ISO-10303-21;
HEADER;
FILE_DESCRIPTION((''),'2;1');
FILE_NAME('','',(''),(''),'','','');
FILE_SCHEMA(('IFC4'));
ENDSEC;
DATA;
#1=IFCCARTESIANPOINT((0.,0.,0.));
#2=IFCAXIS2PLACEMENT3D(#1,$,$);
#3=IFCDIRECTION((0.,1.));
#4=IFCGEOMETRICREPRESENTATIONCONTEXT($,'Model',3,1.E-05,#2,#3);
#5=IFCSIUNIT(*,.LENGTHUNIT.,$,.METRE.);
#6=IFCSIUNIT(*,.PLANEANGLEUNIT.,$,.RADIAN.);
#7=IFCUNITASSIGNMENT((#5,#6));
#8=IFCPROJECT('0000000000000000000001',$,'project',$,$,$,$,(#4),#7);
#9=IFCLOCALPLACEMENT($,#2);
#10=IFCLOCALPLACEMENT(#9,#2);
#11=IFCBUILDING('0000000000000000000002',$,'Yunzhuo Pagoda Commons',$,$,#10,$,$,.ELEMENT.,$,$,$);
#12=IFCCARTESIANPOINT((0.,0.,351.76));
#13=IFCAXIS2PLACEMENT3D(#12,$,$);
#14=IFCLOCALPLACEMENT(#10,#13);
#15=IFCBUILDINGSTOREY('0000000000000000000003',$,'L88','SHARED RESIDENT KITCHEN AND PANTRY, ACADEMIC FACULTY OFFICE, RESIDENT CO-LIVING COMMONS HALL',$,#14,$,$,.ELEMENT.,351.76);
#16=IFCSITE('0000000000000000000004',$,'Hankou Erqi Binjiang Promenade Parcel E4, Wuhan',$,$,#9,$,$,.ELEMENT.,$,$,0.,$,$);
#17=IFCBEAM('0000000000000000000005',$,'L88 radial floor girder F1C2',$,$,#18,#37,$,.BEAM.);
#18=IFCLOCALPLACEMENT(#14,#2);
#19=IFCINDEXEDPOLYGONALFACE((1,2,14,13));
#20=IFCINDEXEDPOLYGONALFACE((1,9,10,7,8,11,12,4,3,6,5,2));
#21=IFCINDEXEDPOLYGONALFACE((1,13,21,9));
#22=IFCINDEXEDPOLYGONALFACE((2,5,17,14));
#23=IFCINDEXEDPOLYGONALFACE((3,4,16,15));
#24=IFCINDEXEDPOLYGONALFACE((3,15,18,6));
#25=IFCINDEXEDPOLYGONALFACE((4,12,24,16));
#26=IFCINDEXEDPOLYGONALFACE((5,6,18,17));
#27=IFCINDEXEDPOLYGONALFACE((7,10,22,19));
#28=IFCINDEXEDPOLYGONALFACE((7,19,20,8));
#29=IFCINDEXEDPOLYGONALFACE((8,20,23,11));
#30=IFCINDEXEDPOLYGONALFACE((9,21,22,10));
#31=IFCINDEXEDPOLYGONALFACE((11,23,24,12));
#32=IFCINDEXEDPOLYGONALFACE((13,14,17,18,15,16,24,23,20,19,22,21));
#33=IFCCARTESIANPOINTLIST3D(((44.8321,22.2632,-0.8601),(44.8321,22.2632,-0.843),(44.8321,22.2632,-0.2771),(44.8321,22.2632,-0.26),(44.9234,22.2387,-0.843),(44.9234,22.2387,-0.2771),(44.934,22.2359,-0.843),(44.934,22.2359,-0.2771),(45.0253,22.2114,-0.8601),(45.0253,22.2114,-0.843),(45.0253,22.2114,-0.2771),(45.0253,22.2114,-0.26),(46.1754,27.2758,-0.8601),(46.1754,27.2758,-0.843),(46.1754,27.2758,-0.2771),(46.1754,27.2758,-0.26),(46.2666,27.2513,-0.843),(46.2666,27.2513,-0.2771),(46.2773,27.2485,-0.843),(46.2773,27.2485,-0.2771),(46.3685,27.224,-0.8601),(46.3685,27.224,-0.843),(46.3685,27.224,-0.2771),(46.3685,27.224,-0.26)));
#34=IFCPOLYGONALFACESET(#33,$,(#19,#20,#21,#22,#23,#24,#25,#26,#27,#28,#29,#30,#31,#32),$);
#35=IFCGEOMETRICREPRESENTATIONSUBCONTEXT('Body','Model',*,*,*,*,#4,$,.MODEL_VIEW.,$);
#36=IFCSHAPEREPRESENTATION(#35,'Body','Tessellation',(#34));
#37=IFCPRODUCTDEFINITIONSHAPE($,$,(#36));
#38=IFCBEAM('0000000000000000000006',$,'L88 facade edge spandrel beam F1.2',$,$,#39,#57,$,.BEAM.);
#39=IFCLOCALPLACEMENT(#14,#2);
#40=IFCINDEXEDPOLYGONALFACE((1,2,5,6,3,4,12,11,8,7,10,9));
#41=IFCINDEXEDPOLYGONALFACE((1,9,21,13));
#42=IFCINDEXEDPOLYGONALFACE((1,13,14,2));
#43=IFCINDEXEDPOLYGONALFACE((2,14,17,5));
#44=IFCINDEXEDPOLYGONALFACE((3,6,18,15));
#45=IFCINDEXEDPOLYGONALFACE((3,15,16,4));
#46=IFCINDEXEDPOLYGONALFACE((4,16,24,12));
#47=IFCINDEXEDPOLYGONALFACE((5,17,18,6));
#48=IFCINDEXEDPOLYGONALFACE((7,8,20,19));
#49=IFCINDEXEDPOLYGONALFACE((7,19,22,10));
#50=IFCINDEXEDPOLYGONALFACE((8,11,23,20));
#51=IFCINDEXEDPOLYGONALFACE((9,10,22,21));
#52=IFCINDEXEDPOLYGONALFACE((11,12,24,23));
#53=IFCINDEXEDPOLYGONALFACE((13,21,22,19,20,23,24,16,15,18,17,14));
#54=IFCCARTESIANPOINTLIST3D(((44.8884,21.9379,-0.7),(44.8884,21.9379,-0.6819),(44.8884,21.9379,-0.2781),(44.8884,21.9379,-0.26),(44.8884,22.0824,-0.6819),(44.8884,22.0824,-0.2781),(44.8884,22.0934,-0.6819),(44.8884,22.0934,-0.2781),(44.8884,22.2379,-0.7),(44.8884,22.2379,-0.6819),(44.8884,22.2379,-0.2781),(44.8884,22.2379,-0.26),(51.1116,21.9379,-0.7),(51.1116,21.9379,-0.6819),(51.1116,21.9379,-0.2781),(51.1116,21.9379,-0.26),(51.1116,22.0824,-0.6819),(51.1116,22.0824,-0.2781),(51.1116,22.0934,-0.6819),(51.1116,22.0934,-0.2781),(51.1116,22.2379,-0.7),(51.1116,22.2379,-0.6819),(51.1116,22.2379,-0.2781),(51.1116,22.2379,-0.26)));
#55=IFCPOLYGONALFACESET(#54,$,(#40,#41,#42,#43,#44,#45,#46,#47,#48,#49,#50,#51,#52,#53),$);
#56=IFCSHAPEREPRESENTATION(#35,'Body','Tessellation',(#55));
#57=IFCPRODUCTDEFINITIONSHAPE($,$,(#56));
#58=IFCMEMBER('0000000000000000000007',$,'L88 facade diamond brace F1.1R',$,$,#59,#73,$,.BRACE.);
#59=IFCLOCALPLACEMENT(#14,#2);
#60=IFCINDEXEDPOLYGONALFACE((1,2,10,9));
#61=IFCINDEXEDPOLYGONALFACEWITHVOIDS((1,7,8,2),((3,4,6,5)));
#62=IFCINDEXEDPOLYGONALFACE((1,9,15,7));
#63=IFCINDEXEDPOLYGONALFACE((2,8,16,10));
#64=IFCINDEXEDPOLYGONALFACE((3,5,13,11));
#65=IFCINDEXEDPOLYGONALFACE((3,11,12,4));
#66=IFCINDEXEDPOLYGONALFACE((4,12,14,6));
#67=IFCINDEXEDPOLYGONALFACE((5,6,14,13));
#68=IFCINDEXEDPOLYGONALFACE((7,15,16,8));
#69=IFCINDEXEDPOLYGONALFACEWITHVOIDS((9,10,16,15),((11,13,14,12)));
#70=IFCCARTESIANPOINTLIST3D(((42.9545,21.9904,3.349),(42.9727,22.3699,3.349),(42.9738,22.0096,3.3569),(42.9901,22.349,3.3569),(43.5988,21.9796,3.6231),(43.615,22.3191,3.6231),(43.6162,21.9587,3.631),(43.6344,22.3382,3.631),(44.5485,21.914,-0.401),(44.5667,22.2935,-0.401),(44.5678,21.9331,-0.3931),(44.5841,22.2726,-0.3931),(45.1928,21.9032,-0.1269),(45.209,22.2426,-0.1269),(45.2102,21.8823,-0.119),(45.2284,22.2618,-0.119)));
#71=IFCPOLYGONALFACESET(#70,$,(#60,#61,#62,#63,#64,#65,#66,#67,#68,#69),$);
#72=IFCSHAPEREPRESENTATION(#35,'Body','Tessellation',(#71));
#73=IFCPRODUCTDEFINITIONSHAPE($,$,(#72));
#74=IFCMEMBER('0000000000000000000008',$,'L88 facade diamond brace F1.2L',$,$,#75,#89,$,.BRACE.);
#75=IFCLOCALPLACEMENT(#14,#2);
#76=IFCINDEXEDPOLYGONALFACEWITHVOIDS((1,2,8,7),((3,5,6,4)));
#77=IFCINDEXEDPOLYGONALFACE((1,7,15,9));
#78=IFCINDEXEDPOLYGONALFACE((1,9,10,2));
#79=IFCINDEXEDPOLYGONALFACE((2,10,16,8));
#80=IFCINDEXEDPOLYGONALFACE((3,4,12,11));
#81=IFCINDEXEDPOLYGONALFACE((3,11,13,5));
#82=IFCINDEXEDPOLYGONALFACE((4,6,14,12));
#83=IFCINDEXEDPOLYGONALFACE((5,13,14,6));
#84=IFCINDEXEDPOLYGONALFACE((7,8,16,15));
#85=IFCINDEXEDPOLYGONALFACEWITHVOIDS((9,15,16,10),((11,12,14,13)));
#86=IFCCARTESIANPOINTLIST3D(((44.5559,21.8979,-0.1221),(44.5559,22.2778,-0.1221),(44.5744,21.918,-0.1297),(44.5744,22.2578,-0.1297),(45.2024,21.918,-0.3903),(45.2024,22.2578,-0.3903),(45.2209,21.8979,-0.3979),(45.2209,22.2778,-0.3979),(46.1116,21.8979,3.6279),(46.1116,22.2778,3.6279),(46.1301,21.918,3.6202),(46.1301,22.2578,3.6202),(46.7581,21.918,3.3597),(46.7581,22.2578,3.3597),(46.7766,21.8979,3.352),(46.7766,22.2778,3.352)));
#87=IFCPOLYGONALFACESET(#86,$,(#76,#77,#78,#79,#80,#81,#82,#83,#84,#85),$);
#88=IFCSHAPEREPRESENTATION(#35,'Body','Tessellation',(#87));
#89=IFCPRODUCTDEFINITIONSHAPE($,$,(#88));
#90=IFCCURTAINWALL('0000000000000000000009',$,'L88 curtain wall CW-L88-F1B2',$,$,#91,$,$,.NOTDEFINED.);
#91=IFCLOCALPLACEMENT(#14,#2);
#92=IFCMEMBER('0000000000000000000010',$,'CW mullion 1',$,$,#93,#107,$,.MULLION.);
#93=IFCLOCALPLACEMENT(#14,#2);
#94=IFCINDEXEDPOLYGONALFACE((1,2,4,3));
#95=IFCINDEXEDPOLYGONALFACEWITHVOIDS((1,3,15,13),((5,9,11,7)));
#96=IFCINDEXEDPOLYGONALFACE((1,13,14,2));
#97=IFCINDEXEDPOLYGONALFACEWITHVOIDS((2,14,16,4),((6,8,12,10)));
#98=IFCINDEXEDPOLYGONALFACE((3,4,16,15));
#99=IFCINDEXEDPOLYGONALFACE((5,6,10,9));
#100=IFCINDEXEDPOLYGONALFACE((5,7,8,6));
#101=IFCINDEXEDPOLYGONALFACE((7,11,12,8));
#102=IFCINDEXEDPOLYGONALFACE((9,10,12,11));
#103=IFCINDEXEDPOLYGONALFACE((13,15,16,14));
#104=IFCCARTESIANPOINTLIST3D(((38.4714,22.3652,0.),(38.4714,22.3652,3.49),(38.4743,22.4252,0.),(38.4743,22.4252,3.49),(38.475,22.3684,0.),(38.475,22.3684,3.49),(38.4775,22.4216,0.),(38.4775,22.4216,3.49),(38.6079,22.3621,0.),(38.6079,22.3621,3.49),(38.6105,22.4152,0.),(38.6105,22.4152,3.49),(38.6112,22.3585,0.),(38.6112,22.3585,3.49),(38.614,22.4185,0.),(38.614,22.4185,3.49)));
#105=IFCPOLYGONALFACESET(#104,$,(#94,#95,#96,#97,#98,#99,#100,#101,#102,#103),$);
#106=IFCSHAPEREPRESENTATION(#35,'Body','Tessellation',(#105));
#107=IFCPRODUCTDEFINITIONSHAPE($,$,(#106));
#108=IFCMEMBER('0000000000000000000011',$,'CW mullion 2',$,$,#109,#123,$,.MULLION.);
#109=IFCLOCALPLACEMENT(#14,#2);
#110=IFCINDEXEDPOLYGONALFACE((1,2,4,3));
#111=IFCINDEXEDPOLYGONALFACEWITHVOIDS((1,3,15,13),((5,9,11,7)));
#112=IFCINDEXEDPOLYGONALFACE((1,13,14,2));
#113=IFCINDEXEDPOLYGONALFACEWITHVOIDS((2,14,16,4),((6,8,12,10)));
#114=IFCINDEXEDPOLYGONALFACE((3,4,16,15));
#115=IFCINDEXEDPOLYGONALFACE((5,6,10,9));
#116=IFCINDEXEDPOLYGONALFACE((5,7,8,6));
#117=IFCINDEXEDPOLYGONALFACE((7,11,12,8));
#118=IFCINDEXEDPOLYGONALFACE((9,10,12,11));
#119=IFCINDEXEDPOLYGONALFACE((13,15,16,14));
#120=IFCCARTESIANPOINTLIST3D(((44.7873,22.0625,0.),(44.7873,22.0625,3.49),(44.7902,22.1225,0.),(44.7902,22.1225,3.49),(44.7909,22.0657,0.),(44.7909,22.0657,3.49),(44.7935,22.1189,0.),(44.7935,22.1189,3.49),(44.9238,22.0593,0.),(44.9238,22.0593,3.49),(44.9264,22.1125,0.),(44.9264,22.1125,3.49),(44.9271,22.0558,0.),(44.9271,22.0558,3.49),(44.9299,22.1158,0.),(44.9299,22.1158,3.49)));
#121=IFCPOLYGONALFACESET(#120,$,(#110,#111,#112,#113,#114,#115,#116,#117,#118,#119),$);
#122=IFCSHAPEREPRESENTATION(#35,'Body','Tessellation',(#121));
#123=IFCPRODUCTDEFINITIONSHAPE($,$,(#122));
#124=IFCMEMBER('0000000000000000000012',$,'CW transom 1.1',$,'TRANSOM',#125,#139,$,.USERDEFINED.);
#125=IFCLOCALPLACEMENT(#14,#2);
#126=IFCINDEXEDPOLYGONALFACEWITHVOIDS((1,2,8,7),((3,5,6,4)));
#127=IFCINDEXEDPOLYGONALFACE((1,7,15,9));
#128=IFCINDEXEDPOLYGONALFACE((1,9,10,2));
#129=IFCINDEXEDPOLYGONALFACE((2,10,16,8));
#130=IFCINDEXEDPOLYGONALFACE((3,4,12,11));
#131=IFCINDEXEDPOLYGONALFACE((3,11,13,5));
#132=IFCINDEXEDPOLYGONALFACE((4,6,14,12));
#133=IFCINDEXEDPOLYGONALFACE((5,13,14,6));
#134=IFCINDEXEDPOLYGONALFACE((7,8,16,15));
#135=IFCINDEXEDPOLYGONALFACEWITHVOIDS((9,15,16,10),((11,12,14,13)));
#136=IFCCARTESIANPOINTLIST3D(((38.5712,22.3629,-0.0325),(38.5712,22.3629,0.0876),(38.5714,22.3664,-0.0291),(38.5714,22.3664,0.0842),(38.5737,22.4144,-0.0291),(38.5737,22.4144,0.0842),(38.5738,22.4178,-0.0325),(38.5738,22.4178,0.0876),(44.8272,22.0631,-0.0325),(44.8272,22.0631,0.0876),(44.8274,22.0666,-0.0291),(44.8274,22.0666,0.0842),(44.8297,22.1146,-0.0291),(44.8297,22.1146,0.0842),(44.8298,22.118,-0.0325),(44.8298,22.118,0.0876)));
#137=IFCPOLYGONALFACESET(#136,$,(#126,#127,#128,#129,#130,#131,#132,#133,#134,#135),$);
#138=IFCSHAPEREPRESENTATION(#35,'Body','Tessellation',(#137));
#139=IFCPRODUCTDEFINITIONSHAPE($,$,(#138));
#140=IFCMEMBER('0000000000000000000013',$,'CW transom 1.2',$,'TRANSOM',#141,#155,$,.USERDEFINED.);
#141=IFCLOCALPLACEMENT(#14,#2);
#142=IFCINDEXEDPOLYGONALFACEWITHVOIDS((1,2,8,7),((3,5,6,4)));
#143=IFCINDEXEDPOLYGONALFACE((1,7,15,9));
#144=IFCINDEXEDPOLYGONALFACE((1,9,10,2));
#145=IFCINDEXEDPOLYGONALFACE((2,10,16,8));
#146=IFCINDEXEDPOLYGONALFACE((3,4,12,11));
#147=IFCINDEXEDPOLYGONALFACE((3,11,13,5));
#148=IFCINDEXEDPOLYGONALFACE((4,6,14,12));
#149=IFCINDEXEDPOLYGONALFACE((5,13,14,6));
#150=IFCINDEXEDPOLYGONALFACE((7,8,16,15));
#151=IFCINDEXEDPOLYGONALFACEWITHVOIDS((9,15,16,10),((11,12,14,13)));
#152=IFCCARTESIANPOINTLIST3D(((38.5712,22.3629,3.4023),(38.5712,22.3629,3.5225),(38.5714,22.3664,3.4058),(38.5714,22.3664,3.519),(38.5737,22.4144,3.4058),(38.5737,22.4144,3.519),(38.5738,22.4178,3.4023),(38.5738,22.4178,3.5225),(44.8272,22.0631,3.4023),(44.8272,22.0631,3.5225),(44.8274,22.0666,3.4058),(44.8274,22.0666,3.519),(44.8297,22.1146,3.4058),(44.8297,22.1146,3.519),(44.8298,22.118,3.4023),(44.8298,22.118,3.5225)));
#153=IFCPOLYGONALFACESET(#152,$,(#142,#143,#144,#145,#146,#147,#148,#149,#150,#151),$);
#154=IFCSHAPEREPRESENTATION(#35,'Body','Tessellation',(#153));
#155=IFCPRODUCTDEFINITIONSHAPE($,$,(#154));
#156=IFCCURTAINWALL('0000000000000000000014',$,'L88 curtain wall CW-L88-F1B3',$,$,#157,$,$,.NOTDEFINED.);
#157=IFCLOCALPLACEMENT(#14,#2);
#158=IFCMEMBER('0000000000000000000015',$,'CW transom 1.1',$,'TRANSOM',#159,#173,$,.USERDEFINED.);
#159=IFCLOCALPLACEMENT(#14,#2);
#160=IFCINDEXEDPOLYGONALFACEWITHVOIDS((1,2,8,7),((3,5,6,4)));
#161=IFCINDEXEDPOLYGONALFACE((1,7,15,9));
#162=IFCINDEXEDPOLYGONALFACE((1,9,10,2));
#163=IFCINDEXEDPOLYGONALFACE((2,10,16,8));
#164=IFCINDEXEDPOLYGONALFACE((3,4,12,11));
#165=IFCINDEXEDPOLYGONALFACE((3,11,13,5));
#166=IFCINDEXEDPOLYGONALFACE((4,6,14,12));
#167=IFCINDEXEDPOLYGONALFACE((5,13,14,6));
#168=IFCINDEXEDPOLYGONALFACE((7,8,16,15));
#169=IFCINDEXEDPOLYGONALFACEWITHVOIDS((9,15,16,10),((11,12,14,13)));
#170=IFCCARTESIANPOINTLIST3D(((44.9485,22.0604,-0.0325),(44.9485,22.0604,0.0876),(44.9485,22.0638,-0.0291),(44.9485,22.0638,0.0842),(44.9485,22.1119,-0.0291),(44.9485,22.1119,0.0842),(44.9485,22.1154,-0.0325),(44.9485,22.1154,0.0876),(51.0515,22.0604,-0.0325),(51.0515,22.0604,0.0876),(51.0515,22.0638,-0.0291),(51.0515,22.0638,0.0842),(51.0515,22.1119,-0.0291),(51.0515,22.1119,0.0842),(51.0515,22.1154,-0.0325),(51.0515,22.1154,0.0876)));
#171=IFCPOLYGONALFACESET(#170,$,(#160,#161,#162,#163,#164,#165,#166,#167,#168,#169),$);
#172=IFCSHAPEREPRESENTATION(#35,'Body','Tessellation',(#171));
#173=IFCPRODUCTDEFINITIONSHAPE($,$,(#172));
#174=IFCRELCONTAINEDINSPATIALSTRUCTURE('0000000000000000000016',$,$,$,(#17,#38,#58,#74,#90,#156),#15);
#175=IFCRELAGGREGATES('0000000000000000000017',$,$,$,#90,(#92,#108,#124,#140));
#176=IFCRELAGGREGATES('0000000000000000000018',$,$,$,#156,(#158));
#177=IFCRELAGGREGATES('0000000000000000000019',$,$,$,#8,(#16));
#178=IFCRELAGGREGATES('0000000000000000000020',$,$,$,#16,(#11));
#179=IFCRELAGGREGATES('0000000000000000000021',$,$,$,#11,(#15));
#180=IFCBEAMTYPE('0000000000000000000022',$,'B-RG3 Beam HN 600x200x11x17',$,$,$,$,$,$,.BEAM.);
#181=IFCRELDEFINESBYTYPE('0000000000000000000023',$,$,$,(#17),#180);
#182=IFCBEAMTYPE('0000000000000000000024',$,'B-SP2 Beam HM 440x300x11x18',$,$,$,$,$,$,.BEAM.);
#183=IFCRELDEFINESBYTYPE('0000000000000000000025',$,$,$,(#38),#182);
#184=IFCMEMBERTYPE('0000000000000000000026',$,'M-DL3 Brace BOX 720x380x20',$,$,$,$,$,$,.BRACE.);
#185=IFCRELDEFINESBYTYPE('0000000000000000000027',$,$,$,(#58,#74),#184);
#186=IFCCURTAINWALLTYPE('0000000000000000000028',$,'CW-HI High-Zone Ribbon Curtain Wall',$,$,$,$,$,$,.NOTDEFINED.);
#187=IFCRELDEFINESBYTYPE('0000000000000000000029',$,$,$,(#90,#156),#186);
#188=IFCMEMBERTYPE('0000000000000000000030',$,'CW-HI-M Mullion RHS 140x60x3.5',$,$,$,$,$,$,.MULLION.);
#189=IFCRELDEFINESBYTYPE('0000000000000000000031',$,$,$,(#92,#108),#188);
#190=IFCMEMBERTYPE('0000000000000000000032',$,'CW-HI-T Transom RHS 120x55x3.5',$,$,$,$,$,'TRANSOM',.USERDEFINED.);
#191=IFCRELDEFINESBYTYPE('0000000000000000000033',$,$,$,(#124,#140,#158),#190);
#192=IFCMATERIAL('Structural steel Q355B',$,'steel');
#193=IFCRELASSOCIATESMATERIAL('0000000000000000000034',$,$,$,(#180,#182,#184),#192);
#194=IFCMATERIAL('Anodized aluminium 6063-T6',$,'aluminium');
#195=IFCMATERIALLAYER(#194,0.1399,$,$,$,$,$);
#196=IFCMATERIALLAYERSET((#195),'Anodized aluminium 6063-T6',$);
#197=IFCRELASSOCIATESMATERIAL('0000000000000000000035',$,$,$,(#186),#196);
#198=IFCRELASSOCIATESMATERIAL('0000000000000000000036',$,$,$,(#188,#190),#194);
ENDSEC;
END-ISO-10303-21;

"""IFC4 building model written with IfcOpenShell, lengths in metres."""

from ifc_helpers import new_model, si_unit, direction, frame, origin, origin_2d, place, context, subcontext, project, spatial, hollow_rectangle, i_section, extrude, source, transform, mapped, material, layer, layer_set, material_profile, profile_set, type_object, element, aggregate, save


model = new_model("IFC4")

# Units and contexts
model_context = context("Model", 3, precision=1e-05, world=origin(), true_north=direction((0.0, 1.0)))
body_context = subcontext(model_context, "Body", "Model", "MODEL_VIEW")
ifc_project = project(units=[si_unit("LENGTHUNIT", "METRE"), si_unit("PLANEANGLEUNIT", "RADIAN")], contexts=[model_context])

# Site, building, storey
site_placement = place(None, origin())
site = spatial("IfcSite", under=ifc_project, at=site_placement, Name="Hankou Erqi Binjiang Promenade Parcel E4, Wuhan", CompositionType="ELEMENT", RefElevation=0.0)
building_placement = place(site_placement, origin())
building = spatial("IfcBuilding", under=site, at=building_placement, Name="Yunzhuo Pagoda Commons", CompositionType="ELEMENT")
storey_placement = place(building_placement, frame((0.0, 0.0, 351.76)))
storey = spatial("IfcBuildingStorey", under=building, at=storey_placement, Name="L88", Description="SHARED RESIDENT KITCHEN AND PANTRY, ACADEMIC FACULTY OFFICE, RESIDENT CO-LIVING COMMONS HALL", CompositionType="ELEMENT", Elevation=351.76)

# Beams
ifc_material_1 = material(Name="Structural steel Q355B", Category="steel")
ifc_material_profile_1 = material_profile(ifc_material_1, i_section(OverallWidth=0.2, OverallDepth=0.6001, WebThickness=0.011, FlangeThickness=0.0171, at=origin_2d()), Name="Structural steel Q355B")
ifc_profile_set_1 = profile_set([ifc_material_profile_1], Name="Structural steel Q355B")
beam_type_1 = type_object("IfcBeamType", Name="B-RG3 Beam HN 600x200x11x17", PredefinedType="BEAM", material=ifc_profile_set_1)
shared_shape_1 = source(origin(), body_context, "Body", "SweptSolid", [
    extrude(i_section(OverallWidth=0.2, OverallDepth=0.6001, WebThickness=0.011, FlangeThickness=0.0171, at=origin_2d()), origin(), (0.0, 0.0, 1.0), 5.1895),
])
beam_1_placement = place(storey_placement, frame((44.9287, 22.2373, -0.5601), z_axis=(0.25884, 0.96592, 0.0), x_axis=(-0.96592, 0.25884, 0.0)))
element("IfcBeam", 1, at=beam_1_placement, inside=storey, type_object=beam_type_1, Name="L88 radial floor girder F1C2", PredefinedType="BEAM", context=body_context, shape_type="MappedRepresentation", body=[
    mapped(shared_shape_1, transform((0.0, 0.0, 0.0), scale=1.0)),
])
ifc_material_profile_2 = material_profile(ifc_material_1, i_section(OverallWidth=0.3, OverallDepth=0.4399, WebThickness=0.011, FlangeThickness=0.0181, at=origin_2d()), Name="Structural steel Q355B")
ifc_profile_set_2 = profile_set([ifc_material_profile_2], Name="Structural steel Q355B")
beam_type_2 = type_object("IfcBeamType", Name="B-SP2 Beam HM 440x300x11x18", PredefinedType="BEAM", material=ifc_profile_set_2)
shared_shape_2 = source(origin(), body_context, "Body", "SweptSolid", [
    extrude(i_section(OverallWidth=0.3, OverallDepth=0.4399, WebThickness=0.011, FlangeThickness=0.0181, at=origin_2d()), origin(), (0.0, 0.0, 1.0), 6.2231),
])
beam_2_placement = place(storey_placement, frame((44.8884, 22.0879, -0.48), z_axis=(1.0, 0.0, 0.0), x_axis=(0.0, 1.0, 0.0)))
element("IfcBeam", 2, at=beam_2_placement, inside=storey, type_object=beam_type_2, Name="L88 facade edge spandrel beam F1.2", PredefinedType="BEAM", context=body_context, shape_type="MappedRepresentation", body=[
    mapped(shared_shape_2, transform((0.0, 0.0, 0.0), scale=1.0)),
])

# Members
ifc_material_profile_3 = material_profile(ifc_material_1, hollow_rectangle(XDim=0.3799, YDim=0.72, WallThickness=0.02, at=origin_2d()), Name="Structural steel Q355B")
ifc_profile_set_3 = profile_set([ifc_material_profile_3], Name="Structural steel Q355B")
member_type_1 = type_object("IfcMemberType", Name="M-DL3 Brace BOX 720x380x20", PredefinedType="BRACE", material=ifc_profile_set_3)
shared_shape_3 = source(origin(), body_context, "Body", "SweptSolid", [
    extrude(hollow_rectangle(XDim=0.3799, YDim=0.72, WallThickness=0.02, at=origin_2d()), origin(), (0.0, 0.0, 1.0), 4.0754),
])
member_1_placement = place(storey_placement, frame((44.8884, 22.0879, -0.26), z_axis=(-0.391123, 0.01875, 0.920148), x_axis=(-0.047885, -0.998853, 0.0)))
element("IfcMember", 3, at=member_1_placement, inside=storey, type_object=member_type_1, Name="L88 facade diamond brace F1.1R", PredefinedType="BRACE", context=body_context, shape_type="MappedRepresentation", body=[
    mapped(shared_shape_3, transform((0.0, 0.0, 0.0), scale=1.0)),
])
shared_shape_4 = source(origin(), body_context, "Body", "SweptSolid", [
    extrude(hollow_rectangle(XDim=0.3799, YDim=0.72, WallThickness=0.02, at=origin_2d()), origin(), (0.0, 0.0, 1.0), 4.0598),
])
member_2_placement = place(storey_placement, frame((44.8884, 22.0879, -0.26), z_axis=(0.38318, 0.0, 0.923674), x_axis=(0.0, 1.0, 0.0)))
element("IfcMember", 4, at=member_2_placement, inside=storey, type_object=member_type_1, Name="L88 facade diamond brace F1.2L", PredefinedType="BRACE", context=body_context, shape_type="MappedRepresentation", body=[
    mapped(shared_shape_4, transform((0.0, 0.0, 0.0), scale=1.0)),
])

# Curtain walls, members
ifc_material_2 = material(Name="Anodized aluminium 6063-T6", Category="aluminium")
ifc_layer_1 = layer(ifc_material_2, 0.1399)
ifc_layer_set_1 = layer_set([ifc_layer_1], Name="Anodized aluminium 6063-T6")
curtain_wall_type = type_object("IfcCurtainWallType", Name="CW-HI High-Zone Ribbon Curtain Wall", PredefinedType="NOTDEFINED", material=ifc_layer_set_1)
curtain_wall_1_placement = place(storey_placement, origin())
curtain_wall_1 = element("IfcCurtainWall", 5, at=curtain_wall_1_placement, inside=storey, type_object=curtain_wall_type, Name="L88 curtain wall CW-L88-F1B2", PredefinedType="NOTDEFINED")
ifc_material_profile_4 = material_profile(ifc_material_2, hollow_rectangle(XDim=0.0601, YDim=0.1399, WallThickness=0.0034, at=origin_2d()), Name="Anodized aluminium 6063-T6")
ifc_profile_set_4 = profile_set([ifc_material_profile_4], Name="Anodized aluminium 6063-T6")
member_type_2 = type_object("IfcMemberType", Name="CW-HI-M Mullion RHS 140x60x3.5", PredefinedType="MULLION", material=ifc_profile_set_4)
shared_shape_5 = source(origin(), body_context, "Body", "SweptSolid", [
    extrude(hollow_rectangle(XDim=0.0601, YDim=0.1399, WallThickness=0.0034, at=origin_2d()), origin(), (0.0, 0.0, 1.0), 3.49),
])
member_3_placement = place(storey_placement, frame((38.5427, 22.3918, 0.0), z_axis=(0.0, 0.0, 1.0), x_axis=(0.047859, 0.998854, 0.0)))
member_3 = element("IfcMember", 6, at=member_3_placement, type_object=member_type_2, Name="CW mullion 1", PredefinedType="MULLION", context=body_context, shape_type="MappedRepresentation", body=[
    mapped(shared_shape_5, transform((0.0, 0.0, 0.0), scale=1.0)),
])
member_4_placement = place(storey_placement, frame((44.8586, 22.0891, 0.0), z_axis=(0.0, 0.0, 1.0), x_axis=(0.047859, 0.998854, 0.0)))
member_4 = element("IfcMember", 7, at=member_4_placement, type_object=member_type_2, Name="CW mullion 2", PredefinedType="MULLION", context=body_context, shape_type="MappedRepresentation", body=[
    mapped(shared_shape_5, transform((0.0, 0.0, 0.0), scale=1.0)),
])
ifc_material_profile_5 = material_profile(ifc_material_2, hollow_rectangle(XDim=0.0549, YDim=0.1201, WallThickness=0.0034, at=origin_2d()), Name="Anodized aluminium 6063-T6")
ifc_profile_set_5 = profile_set([ifc_material_profile_5], Name="Anodized aluminium 6063-T6")
member_type_3 = type_object("IfcMemberType", Name="CW-HI-T Transom RHS 120x55x3.5", ElementType="TRANSOM", PredefinedType="USERDEFINED", material=ifc_profile_set_5)
shared_shape_6 = source(origin(), body_context, "Body", "SweptSolid", [
    extrude(hollow_rectangle(XDim=0.0549, YDim=0.1201, WallThickness=0.0034, at=origin_2d()), origin(), (0.0, 0.0, 1.0), 6.2632),
])
member_5_placement = place(storey_placement, frame((38.5725, 22.3904, 0.0276), z_axis=(0.998854, -0.047867, 0.0), x_axis=(0.047867, 0.998854, 0.0)))
member_5 = element("IfcMember", 8, at=member_5_placement, type_object=member_type_3, Name="CW transom 1.1", ObjectType="TRANSOM", PredefinedType="USERDEFINED", context=body_context, shape_type="MappedRepresentation", body=[
    mapped(shared_shape_6, transform((0.0, 0.0, 0.0), scale=1.0)),
])
member_6_placement = place(storey_placement, frame((38.5725, 22.3904, 3.4624), z_axis=(0.998854, -0.047867, 0.0), x_axis=(0.047867, 0.998854, 0.0)))
member_6 = element("IfcMember", 9, at=member_6_placement, type_object=member_type_3, Name="CW transom 1.2", ObjectType="TRANSOM", PredefinedType="USERDEFINED", context=body_context, shape_type="MappedRepresentation", body=[
    mapped(shared_shape_6, transform((0.0, 0.0, 0.0), scale=1.0)),
])
curtain_wall_2_placement = place(storey_placement, origin())
curtain_wall_2 = element("IfcCurtainWall", 10, at=curtain_wall_2_placement, inside=storey, type_object=curtain_wall_type, Name="L88 curtain wall CW-L88-F1B3", PredefinedType="NOTDEFINED")
shared_shape_7 = source(origin(), body_context, "Body", "SweptSolid", [
    extrude(hollow_rectangle(XDim=0.0549, YDim=0.1201, WallThickness=0.0034, at=origin_2d()), origin(), (0.0, 0.0, 1.0), 6.103),
])
member_7_placement = place(storey_placement, frame((44.9485, 22.0879, 0.0276), z_axis=(1.0, 0.0, 0.0), x_axis=(0.0, 1.0, 0.0)))
member_7 = element("IfcMember", 11, at=member_7_placement, type_object=member_type_3, Name="CW transom 1.1", ObjectType="TRANSOM", PredefinedType="USERDEFINED", context=body_context, shape_type="MappedRepresentation", body=[
    mapped(shared_shape_7, transform((0.0, 0.0, 0.0), scale=1.0)),
])

aggregate(curtain_wall_1, [member_3, member_4, member_5, member_6])
aggregate(curtain_wall_2, [member_7])

save(model, "model.ifc")
